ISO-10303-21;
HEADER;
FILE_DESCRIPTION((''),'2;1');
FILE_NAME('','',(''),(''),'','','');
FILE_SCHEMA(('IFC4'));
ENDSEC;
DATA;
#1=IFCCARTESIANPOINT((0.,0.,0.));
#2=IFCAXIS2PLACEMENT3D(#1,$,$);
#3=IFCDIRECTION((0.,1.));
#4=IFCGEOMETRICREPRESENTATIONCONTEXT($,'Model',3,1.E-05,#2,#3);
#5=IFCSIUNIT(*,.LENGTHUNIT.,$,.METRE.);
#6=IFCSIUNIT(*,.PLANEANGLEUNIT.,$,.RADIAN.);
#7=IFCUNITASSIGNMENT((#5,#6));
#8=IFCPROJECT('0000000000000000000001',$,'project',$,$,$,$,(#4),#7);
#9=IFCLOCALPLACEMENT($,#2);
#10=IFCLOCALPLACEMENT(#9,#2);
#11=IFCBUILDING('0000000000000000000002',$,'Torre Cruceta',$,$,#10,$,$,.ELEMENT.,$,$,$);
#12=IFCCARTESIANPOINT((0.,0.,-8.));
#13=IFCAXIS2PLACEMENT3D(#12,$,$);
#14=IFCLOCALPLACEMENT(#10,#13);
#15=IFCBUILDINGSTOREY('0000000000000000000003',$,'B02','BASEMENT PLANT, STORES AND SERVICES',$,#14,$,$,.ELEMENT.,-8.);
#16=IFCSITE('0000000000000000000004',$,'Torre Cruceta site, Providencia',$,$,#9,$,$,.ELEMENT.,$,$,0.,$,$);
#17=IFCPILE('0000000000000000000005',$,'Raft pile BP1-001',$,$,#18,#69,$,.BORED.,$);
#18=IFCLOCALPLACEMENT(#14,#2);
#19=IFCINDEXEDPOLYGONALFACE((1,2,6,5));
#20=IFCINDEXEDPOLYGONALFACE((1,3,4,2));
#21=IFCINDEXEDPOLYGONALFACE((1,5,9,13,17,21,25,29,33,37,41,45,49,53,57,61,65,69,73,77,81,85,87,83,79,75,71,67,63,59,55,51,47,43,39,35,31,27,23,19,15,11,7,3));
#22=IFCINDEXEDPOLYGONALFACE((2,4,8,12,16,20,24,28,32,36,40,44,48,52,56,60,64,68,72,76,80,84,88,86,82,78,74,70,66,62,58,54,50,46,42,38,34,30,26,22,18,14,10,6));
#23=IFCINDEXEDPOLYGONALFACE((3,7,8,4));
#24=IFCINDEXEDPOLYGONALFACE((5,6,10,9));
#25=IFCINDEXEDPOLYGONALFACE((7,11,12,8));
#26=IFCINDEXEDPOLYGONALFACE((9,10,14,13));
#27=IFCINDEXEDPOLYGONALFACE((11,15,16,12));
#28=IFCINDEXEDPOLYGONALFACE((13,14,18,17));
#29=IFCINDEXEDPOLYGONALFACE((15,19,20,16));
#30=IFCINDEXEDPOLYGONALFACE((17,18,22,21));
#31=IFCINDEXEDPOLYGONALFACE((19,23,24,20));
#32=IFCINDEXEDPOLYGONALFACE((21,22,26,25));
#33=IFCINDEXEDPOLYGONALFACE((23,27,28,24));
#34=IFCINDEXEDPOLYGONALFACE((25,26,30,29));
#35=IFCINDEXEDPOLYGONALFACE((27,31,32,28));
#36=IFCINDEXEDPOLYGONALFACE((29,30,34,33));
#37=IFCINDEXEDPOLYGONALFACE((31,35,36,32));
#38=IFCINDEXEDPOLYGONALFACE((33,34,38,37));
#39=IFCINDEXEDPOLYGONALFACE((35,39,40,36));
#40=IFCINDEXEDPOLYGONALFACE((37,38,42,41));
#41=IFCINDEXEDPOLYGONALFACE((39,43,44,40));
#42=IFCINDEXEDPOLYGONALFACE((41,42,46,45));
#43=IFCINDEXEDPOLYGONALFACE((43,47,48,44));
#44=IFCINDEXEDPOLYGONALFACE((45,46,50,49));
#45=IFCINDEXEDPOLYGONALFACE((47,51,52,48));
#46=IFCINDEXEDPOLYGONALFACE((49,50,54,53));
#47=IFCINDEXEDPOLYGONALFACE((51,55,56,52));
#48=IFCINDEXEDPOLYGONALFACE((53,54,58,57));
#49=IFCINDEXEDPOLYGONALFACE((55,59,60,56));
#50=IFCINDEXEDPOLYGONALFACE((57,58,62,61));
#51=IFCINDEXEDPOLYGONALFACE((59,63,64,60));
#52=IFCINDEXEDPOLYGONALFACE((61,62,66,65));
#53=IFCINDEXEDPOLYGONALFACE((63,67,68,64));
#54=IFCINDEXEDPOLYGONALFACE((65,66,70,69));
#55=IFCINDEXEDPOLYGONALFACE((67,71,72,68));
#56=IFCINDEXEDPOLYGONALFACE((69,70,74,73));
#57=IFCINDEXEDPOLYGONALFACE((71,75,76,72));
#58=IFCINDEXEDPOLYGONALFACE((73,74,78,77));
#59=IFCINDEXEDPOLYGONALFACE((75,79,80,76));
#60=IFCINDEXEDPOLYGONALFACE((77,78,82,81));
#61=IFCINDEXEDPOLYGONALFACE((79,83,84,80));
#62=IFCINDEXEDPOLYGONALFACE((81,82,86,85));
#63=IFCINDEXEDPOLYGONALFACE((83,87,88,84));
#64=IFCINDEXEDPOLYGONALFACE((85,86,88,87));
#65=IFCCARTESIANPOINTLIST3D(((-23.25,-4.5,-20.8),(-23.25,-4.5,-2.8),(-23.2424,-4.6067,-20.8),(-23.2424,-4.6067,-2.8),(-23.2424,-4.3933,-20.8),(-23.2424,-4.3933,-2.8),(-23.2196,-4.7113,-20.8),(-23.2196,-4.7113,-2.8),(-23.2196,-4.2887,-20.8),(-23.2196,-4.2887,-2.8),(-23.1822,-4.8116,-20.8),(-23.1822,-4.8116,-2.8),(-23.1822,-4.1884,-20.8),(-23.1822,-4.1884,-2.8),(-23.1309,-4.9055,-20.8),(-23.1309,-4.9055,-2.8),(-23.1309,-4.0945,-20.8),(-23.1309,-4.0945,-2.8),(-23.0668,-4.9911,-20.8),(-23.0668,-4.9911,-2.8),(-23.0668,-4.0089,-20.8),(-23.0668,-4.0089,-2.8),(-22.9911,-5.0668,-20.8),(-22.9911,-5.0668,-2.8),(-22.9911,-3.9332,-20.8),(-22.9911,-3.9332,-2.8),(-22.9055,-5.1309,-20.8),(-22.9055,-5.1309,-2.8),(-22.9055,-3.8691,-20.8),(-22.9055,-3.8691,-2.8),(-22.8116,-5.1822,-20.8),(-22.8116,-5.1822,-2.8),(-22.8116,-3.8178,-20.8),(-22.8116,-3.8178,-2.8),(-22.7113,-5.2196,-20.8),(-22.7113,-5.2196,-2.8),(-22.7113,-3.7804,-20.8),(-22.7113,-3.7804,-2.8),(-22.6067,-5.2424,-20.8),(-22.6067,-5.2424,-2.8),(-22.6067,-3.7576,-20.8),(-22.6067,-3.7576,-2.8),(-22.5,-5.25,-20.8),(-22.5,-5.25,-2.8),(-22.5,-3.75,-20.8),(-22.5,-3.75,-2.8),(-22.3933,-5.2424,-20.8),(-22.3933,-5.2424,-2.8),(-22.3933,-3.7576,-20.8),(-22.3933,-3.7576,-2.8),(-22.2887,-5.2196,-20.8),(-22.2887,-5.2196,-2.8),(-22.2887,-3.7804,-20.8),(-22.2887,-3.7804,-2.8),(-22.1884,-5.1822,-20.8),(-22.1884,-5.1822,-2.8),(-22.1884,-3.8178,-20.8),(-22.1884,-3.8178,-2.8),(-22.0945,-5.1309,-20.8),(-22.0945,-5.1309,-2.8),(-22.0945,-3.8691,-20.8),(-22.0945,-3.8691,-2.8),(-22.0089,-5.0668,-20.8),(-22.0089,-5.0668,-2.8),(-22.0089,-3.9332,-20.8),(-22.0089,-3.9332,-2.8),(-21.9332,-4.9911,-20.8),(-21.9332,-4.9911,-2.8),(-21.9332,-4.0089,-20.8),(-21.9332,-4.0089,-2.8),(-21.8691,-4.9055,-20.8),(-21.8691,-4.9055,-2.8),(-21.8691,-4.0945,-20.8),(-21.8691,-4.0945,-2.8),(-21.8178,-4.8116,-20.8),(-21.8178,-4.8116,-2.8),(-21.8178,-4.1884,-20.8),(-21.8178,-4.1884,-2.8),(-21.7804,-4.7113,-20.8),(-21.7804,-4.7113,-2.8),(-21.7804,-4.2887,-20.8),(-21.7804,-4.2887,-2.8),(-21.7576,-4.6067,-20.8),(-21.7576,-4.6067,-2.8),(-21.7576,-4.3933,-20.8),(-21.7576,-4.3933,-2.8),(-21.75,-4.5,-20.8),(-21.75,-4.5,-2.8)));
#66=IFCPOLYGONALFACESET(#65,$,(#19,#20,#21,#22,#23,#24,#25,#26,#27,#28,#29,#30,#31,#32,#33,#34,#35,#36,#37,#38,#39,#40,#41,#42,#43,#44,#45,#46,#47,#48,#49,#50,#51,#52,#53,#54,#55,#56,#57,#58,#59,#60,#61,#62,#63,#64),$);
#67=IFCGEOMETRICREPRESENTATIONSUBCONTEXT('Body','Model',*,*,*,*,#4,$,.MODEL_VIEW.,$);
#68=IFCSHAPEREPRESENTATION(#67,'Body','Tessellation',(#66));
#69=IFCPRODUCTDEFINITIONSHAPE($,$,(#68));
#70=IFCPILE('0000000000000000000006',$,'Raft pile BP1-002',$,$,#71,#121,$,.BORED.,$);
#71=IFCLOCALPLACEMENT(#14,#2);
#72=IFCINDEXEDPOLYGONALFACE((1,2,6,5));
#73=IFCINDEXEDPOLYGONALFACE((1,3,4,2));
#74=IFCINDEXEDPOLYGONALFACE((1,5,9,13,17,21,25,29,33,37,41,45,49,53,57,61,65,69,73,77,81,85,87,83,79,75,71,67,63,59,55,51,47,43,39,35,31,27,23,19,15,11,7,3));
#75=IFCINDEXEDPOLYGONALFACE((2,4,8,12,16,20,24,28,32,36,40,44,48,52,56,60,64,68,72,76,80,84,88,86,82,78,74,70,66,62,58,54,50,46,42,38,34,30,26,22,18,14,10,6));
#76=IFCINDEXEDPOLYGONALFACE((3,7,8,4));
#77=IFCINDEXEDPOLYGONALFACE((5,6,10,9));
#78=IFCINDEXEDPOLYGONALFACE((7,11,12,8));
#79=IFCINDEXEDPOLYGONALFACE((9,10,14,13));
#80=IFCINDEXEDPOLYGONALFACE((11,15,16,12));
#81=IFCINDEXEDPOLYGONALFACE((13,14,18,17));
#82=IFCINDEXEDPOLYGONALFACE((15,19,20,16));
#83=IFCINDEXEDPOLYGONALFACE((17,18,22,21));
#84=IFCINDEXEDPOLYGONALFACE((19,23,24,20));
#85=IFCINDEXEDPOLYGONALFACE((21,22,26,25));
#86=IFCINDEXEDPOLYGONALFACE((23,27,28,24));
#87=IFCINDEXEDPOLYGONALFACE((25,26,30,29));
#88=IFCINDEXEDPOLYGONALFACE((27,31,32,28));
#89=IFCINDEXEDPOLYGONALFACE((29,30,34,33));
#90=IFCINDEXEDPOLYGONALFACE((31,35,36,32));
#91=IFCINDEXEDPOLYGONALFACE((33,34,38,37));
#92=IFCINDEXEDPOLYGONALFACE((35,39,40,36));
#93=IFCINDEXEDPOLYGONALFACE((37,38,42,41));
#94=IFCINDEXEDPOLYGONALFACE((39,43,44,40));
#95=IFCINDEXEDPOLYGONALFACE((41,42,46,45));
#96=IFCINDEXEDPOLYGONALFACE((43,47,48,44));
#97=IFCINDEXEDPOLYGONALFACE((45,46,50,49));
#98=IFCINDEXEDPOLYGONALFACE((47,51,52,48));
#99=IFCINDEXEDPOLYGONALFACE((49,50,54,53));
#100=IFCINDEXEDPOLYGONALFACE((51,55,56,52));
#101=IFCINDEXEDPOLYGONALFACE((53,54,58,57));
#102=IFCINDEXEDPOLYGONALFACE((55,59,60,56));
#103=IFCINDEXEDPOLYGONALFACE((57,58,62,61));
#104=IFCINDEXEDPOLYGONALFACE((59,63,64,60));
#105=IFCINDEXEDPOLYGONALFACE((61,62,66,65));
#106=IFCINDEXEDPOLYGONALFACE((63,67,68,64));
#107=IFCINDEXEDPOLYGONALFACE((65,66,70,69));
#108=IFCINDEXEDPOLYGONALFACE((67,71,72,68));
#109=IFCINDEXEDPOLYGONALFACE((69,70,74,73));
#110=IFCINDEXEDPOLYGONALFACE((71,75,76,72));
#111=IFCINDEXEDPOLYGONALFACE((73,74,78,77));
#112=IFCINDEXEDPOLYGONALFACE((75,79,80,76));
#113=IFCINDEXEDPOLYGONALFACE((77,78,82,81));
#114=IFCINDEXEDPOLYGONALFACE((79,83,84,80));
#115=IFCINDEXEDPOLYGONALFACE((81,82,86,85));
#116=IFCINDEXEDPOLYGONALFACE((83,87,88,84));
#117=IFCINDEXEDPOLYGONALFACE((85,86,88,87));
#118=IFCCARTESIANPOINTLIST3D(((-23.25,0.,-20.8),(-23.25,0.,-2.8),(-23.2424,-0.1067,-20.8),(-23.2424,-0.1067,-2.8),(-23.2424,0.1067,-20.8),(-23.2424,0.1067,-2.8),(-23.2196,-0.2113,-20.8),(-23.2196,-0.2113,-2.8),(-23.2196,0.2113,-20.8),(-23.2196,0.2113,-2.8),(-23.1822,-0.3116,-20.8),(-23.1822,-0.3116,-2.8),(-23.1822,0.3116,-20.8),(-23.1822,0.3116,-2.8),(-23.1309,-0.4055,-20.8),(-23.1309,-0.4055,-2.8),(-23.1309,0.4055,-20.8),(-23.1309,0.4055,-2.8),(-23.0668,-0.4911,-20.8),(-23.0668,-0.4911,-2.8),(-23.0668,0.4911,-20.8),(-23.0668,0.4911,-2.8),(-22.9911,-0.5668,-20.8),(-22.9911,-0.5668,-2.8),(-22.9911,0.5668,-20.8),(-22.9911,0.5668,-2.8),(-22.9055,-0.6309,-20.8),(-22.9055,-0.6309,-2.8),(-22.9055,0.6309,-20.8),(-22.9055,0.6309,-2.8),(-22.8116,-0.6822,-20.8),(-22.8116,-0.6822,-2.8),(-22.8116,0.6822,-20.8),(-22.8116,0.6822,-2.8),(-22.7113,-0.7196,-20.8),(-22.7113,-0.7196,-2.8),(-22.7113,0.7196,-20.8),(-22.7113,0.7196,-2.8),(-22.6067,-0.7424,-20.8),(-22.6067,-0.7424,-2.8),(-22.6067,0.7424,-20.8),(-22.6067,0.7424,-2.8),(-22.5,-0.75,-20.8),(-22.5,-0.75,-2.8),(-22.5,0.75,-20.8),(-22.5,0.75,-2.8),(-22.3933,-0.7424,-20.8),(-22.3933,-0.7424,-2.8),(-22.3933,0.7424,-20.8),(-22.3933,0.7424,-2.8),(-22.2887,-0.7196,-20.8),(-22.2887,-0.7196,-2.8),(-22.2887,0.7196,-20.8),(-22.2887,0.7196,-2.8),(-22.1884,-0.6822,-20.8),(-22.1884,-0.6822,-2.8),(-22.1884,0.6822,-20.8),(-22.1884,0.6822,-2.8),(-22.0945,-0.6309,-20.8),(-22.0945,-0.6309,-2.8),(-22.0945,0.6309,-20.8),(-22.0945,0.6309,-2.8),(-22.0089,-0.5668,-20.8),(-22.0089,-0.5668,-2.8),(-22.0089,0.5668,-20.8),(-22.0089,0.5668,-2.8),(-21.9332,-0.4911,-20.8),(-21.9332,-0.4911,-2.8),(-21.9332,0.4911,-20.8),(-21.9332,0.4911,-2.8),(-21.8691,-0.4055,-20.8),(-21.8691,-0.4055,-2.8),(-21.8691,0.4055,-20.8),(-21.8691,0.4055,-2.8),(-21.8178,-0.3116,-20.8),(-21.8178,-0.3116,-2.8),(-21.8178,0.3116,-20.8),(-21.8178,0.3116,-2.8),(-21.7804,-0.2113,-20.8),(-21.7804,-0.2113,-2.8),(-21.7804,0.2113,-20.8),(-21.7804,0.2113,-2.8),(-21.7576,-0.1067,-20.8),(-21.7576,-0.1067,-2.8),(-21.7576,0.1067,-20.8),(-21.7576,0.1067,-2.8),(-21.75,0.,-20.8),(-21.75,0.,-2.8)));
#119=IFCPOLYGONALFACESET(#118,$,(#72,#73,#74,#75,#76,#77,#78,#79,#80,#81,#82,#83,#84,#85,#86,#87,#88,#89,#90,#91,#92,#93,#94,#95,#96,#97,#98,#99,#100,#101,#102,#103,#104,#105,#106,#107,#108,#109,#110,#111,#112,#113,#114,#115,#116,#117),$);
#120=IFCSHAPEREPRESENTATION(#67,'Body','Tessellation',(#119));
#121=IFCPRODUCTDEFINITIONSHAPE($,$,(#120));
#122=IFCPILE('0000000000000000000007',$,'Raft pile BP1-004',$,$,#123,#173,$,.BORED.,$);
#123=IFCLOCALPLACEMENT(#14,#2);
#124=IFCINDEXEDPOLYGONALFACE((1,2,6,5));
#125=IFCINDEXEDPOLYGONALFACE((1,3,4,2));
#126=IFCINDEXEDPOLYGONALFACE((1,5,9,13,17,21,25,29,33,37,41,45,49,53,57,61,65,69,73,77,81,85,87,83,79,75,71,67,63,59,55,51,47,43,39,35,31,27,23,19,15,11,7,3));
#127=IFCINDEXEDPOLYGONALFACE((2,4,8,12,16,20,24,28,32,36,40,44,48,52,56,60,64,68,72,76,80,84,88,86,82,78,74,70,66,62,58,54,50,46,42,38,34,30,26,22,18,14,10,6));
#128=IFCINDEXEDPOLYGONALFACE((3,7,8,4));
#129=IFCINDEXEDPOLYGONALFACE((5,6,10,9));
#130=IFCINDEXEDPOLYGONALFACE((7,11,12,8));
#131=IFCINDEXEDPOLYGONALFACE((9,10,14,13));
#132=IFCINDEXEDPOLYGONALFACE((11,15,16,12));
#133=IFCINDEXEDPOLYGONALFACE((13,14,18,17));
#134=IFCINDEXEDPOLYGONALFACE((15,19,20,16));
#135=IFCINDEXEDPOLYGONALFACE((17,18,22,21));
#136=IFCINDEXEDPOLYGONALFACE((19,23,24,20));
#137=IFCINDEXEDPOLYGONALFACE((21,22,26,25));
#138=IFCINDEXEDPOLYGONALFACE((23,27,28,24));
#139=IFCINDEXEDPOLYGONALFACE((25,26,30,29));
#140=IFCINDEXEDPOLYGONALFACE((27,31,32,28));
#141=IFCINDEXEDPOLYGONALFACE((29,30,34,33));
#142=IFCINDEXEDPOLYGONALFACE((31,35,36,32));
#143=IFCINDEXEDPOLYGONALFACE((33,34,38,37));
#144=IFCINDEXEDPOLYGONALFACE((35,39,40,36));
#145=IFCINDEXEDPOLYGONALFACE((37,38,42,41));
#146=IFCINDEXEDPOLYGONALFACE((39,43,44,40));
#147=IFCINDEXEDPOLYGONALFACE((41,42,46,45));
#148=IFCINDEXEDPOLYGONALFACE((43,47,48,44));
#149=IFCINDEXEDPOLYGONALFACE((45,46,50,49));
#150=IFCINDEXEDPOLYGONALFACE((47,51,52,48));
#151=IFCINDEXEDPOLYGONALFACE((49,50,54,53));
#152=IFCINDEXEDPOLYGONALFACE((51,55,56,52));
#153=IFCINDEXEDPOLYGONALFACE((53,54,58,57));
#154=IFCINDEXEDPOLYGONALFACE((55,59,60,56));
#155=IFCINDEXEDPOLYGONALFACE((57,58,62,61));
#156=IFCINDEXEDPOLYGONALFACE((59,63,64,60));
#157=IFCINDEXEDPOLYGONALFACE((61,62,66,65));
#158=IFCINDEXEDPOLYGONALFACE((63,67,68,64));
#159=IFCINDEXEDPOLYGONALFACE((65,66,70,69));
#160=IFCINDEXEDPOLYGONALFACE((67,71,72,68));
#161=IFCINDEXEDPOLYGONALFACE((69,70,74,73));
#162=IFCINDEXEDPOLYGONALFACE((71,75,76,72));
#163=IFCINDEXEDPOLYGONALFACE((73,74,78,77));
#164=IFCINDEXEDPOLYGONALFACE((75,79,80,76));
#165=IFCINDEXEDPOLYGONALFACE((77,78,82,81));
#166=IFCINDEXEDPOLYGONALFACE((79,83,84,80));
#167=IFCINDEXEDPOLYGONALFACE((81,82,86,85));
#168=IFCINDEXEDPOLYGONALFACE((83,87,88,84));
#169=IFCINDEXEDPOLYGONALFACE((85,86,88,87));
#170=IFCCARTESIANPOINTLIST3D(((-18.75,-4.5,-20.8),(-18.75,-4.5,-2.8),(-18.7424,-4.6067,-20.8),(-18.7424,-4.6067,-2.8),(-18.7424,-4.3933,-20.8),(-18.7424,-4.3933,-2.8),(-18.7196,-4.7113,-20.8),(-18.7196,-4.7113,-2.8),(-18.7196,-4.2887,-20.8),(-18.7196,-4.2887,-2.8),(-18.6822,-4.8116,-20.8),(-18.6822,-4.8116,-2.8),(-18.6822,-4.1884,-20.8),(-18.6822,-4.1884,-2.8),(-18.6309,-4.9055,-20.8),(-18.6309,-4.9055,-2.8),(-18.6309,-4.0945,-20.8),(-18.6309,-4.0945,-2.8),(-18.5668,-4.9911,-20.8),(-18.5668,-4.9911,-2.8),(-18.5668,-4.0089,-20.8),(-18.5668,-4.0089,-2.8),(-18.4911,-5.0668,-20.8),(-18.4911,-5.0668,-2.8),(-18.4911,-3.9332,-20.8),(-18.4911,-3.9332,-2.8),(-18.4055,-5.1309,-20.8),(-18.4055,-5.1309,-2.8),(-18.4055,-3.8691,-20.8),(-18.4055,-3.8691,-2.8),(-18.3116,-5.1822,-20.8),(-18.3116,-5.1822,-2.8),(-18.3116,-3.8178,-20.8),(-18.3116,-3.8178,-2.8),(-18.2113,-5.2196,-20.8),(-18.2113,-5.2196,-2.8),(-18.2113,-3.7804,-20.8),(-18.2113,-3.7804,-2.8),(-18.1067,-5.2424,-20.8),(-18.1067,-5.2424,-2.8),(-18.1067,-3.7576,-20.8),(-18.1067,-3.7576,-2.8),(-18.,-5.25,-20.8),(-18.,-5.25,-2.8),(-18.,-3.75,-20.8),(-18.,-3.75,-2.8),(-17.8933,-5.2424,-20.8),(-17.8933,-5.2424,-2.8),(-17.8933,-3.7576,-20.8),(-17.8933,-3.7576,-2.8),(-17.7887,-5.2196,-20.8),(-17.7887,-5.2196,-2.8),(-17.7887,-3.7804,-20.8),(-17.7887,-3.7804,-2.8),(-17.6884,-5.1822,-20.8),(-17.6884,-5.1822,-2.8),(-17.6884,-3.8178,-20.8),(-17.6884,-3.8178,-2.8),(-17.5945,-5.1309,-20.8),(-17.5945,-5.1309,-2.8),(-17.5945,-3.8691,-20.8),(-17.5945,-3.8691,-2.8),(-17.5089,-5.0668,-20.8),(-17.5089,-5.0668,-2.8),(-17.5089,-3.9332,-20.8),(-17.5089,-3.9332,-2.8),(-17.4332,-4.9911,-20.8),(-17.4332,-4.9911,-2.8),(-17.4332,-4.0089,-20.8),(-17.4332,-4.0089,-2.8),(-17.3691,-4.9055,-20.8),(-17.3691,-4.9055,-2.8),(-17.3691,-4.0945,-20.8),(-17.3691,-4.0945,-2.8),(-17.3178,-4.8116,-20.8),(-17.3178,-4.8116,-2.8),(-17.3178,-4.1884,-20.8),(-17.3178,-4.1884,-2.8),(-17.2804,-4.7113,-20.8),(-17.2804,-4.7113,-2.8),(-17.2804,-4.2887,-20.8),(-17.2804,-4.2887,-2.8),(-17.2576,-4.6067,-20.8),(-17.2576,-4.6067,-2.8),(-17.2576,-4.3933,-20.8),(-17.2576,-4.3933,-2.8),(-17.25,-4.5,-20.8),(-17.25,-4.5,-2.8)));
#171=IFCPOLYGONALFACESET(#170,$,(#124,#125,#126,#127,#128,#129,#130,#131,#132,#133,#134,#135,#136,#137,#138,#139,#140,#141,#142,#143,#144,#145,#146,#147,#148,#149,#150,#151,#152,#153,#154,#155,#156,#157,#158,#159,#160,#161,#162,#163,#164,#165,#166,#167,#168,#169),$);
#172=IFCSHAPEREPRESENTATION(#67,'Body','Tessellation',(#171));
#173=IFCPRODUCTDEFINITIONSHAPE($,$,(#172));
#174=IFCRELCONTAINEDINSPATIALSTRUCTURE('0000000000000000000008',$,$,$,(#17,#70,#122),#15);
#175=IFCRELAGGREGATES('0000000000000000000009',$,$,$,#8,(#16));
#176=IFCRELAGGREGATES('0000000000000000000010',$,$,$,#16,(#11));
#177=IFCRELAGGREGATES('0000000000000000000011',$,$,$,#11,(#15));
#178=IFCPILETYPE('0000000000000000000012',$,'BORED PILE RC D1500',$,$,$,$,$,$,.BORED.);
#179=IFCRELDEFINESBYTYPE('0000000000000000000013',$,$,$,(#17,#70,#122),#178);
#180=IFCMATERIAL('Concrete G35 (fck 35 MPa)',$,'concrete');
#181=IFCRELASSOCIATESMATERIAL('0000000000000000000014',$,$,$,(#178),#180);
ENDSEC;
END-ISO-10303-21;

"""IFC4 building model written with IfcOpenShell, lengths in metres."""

from ifc_helpers import new_model, si_unit, direction, frame, origin, origin_2d, place, context, subcontext, project, spatial, circle, extrude, material, material_profile, profile_set, type_object, element, save


model = new_model("IFC4")

# Units and contexts
model_context = context("Model", 3, precision=1e-05, world=origin(), true_north=direction((0.0, 1.0)))
body_context = subcontext(model_context, "Body", "Model", "MODEL_VIEW")
ifc_project = project(units=[si_unit("LENGTHUNIT", "METRE"), si_unit("PLANEANGLEUNIT", "RADIAN")], contexts=[model_context])

# Site, building, storey
site_placement = place(None, origin())
site = spatial("IfcSite", under=ifc_project, at=site_placement, Name="Torre Cruceta site, Providencia", CompositionType="ELEMENT", RefElevation=0.0)
building_placement = place(site_placement, origin())
building = spatial("IfcBuilding", under=site, at=building_placement, Name="Torre Cruceta", CompositionType="ELEMENT")
storey_placement = place(building_placement, frame((0.0, 0.0, -8.0)))
storey = spatial("IfcBuildingStorey", under=building, at=storey_placement, Name="B02", Description="BASEMENT PLANT, STORES AND SERVICES", CompositionType="ELEMENT", Elevation=-8.0)

# Piles
ifc_material_1 = material(Name="Concrete G35 (fck 35 MPa)", Category="concrete")
ifc_material_profile_1 = material_profile(ifc_material_1, circle(Radius=0.75, at=origin_2d()), Name="RC D1500")
ifc_profile_set_1 = profile_set([ifc_material_profile_1], Name="Concrete G35 (fck 35 MPa)")
pile_type_1 = type_object("IfcPileType", Name="BORED PILE RC D1500", PredefinedType="BORED", material=ifc_profile_set_1)
for number, where, z_axis, x_axis, name in (
    (1, (-22.5, -4.5, -2.8), (0.0, 0.0, -1.0), (1.0, 0.0, 0.0), "Raft pile BP1-001"),
    (2, (-22.5, 0.0, -2.8), (0.0, 0.0, -1.0), (1.0, 0.0, 0.0), "Raft pile BP1-002"),
    (3, (-18.0, -4.5, -2.8), (0.0, 0.0, -1.0), (1.0, 0.0, 0.0), "Raft pile BP1-004"),
):
    element("IfcPile", number, at=place(storey_placement, frame(where, z_axis=z_axis, x_axis=x_axis)), inside=storey, type_object=pile_type_1, Name=name, PredefinedType="BORED", context=body_context, shape_type="SweptSolid", body=[
        extrude(circle(Radius=0.75, at=origin_2d()), origin(), (0.0, 0.0, 1.0), 18.0),
    ])

save(model, "model.ifc")
